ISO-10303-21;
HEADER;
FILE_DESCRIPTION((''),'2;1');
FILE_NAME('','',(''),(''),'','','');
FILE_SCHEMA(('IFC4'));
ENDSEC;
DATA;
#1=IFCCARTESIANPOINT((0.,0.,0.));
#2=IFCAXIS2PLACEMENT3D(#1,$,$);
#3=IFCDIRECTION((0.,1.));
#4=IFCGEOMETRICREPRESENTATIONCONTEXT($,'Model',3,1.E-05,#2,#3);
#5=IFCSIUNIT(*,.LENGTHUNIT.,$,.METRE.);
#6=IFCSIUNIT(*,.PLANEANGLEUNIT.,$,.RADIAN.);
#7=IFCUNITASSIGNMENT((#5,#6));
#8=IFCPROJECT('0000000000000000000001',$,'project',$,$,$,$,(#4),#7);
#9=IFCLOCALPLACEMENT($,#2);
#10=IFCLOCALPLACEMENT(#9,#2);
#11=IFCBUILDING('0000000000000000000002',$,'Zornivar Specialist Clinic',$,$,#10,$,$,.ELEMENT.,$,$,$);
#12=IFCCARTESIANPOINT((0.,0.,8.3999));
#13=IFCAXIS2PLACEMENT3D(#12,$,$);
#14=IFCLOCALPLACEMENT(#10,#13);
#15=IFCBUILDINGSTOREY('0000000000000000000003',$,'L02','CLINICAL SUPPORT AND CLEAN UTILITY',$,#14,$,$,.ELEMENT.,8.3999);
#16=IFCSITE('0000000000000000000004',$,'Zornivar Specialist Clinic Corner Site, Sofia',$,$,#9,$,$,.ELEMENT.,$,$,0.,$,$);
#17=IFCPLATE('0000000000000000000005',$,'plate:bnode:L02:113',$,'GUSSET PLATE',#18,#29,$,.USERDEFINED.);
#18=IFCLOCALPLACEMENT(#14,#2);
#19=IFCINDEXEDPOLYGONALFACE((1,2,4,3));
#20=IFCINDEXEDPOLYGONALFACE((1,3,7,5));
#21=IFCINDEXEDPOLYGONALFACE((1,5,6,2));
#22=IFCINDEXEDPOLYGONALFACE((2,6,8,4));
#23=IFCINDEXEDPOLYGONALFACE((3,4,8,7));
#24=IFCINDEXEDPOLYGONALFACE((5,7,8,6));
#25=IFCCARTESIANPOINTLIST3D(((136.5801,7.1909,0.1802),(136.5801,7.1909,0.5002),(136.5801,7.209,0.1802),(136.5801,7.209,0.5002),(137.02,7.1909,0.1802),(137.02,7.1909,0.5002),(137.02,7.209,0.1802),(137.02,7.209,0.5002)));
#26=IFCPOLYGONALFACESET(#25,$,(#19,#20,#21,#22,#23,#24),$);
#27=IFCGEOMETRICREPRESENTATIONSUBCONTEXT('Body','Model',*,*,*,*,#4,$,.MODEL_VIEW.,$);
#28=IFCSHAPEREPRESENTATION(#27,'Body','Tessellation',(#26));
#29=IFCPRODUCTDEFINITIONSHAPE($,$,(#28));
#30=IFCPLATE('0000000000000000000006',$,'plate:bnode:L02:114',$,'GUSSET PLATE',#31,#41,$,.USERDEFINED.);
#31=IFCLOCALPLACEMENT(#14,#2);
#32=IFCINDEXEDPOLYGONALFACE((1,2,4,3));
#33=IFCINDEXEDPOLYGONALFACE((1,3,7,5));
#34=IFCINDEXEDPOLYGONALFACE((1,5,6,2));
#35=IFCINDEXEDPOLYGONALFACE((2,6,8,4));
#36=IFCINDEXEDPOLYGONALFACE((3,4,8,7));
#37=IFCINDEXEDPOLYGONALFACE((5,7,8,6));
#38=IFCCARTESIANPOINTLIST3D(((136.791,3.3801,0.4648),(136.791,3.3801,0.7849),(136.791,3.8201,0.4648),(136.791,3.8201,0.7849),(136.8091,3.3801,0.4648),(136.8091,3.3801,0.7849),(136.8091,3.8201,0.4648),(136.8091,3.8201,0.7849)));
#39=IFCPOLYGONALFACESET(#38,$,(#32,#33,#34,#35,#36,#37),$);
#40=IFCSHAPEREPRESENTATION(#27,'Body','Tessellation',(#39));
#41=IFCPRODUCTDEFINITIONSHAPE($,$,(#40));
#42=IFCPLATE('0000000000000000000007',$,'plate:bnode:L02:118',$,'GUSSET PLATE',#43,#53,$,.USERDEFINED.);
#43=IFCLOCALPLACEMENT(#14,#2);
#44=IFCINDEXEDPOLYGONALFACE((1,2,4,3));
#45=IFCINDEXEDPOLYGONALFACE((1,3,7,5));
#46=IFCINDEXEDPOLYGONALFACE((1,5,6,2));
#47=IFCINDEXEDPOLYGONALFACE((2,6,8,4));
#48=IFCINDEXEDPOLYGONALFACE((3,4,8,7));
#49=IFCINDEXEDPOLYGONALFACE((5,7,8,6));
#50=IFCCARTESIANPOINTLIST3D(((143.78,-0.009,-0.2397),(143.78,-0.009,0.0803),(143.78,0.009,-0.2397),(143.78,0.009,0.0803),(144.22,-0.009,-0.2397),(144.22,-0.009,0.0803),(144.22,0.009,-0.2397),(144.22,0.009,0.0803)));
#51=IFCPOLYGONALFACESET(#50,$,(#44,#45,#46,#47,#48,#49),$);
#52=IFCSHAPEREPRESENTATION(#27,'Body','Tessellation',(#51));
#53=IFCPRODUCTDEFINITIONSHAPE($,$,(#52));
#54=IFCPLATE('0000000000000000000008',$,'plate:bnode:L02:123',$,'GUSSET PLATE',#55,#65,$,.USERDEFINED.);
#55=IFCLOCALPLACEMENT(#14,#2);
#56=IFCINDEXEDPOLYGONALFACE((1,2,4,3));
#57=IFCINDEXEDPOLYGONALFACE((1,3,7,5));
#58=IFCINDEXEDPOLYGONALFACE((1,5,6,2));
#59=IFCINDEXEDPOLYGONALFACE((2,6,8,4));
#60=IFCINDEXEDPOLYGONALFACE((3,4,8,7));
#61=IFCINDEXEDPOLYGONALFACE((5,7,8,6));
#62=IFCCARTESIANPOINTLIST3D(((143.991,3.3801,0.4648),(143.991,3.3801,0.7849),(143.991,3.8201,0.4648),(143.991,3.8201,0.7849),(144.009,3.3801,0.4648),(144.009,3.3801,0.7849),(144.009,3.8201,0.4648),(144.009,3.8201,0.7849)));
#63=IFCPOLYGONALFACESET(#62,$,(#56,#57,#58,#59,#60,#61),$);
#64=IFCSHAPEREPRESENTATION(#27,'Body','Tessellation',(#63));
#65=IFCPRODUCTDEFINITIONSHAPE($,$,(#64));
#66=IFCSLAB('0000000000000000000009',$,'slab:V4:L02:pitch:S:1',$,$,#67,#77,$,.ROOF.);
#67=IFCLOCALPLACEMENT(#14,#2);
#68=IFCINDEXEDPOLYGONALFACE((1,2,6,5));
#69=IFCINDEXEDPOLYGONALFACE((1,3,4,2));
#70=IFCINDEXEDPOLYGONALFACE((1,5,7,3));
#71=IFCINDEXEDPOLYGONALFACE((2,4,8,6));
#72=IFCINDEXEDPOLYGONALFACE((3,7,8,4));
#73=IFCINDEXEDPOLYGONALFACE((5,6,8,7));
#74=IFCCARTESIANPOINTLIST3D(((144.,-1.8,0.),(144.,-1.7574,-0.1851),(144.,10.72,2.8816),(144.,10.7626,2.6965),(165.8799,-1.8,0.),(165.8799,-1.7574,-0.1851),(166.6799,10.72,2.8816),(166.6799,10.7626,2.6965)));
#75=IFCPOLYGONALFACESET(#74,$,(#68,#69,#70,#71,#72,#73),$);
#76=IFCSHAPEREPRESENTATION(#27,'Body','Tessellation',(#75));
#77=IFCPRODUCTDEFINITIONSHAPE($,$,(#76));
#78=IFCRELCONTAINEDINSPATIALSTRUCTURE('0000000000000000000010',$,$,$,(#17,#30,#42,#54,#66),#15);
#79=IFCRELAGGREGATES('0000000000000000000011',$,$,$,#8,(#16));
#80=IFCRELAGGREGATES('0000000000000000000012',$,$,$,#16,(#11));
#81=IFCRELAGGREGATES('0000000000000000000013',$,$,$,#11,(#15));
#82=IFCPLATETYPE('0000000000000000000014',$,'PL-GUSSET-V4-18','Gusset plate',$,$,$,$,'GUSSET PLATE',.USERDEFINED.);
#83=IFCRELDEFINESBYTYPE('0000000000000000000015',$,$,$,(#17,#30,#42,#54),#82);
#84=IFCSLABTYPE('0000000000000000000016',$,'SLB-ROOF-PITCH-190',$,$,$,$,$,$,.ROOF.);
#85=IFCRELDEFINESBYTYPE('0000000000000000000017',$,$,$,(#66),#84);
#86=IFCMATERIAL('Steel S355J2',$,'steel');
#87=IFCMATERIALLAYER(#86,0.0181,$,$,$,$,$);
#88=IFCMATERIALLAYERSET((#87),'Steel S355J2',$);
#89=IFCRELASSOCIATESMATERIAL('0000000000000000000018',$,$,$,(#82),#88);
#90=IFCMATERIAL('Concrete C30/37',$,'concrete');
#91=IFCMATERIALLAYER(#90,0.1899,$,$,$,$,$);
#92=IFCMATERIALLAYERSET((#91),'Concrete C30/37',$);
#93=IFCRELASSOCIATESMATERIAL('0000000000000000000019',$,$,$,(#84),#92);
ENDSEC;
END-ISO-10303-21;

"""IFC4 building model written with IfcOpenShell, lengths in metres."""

from ifc_helpers import new_model, si_unit, direction, frame, origin, origin_2d, place, context, subcontext, project, spatial, polyline, rectangle, outline, extrude, material, layer, layer_set, type_object, element, save


model = new_model("IFC4")

# Units and contexts
model_context = context("Model", 3, precision=1e-05, world=origin(), true_north=direction((0.0, 1.0)))
body_context = subcontext(model_context, "Body", "Model", "MODEL_VIEW")
ifc_project = project(units=[si_unit("LENGTHUNIT", "METRE"), si_unit("PLANEANGLEUNIT", "RADIAN")], contexts=[model_context])

# Site, building, storey
site_placement = place(None, origin())
site = spatial("IfcSite", under=ifc_project, at=site_placement, Name="Zornivar Specialist Clinic Corner Site, Sofia", CompositionType="ELEMENT", RefElevation=0.0)
building_placement = place(site_placement, origin())
building = spatial("IfcBuilding", under=site, at=building_placement, Name="Zornivar Specialist Clinic", CompositionType="ELEMENT")
storey_placement = place(building_placement, frame((0.0, 0.0, 8.3999)))
storey = spatial("IfcBuildingStorey", under=building, at=storey_placement, Name="L02", Description="CLINICAL SUPPORT AND CLEAN UTILITY", CompositionType="ELEMENT", Elevation=8.3999)

# Plates
ifc_material_1 = material(Name="Steel S355J2", Category="steel")
ifc_layer_1 = layer(ifc_material_1, 0.0181)
ifc_layer_set_1 = layer_set([ifc_layer_1], Name="Steel S355J2")
plate_type_1 = type_object("IfcPlateType", Name="PL-GUSSET-V4-18", Description="Gusset plate", ElementType="GUSSET PLATE", PredefinedType="USERDEFINED", material=ifc_layer_set_1)
for number, where, z_axis, x_axis, name in (
    (1, (136.8, 7.2, 0.1802), (0.0, 0.0, 1.0), (1.0, 0.0, 0.0), "plate:bnode:L02:113"),
    (2, (136.8, 3.6001, 0.4648), (0.0, 0.0, 1.0), (0.0, 1.0, 0.0), "plate:bnode:L02:114"),
    (3, (144.0, 0.0, -0.2397), (0.0, 0.0, 1.0), (1.0, 0.0, 0.0), "plate:bnode:L02:118"),
    (4, (144.0, 3.6001, 0.4648), (0.0, 0.0, 1.0), (0.0, 1.0, 0.0), "plate:bnode:L02:123"),
):
    element("IfcPlate", number, at=place(storey_placement, frame(where, z_axis=z_axis, x_axis=x_axis)), inside=storey, type_object=plate_type_1, Name=name, ObjectType="GUSSET PLATE", PredefinedType="USERDEFINED", context=body_context, shape_type="SweptSolid", body=[
        extrude(rectangle(XDim=0.4399, YDim=0.0181, at=origin_2d()), origin(), (0.0, 0.0, 1.0), 0.3201),
    ])

# Slab
ifc_material_2 = material(Name="Concrete C30/37", Category="concrete")
ifc_layer_2 = layer(ifc_material_2, 0.1899)
ifc_layer_set_2 = layer_set([ifc_layer_2], Name="Concrete C30/37")
slab_type = type_object("IfcSlabType", Name="SLB-ROOF-PITCH-190", PredefinedType="ROOF", material=ifc_layer_set_2)
slab_placement = place(storey_placement, frame((144.0, -1.8, 0.0), z_axis=(0.0, -0.224295, 0.974521), x_axis=(1.0, 0.0, 0.0)))
element("IfcSlab", 5, at=slab_placement, inside=storey, type_object=slab_type, Name="slab:V4:L02:pitch:S:1", PredefinedType="ROOF", context=body_context, shape_type="SweptSolid", body=[
    extrude(outline(polyline([(0.0, 0.0), (21.8799, 0.0), (22.6799, 12.8474), (0.0, 12.8474), (0.0, 0.0)])), origin(), (0.0, 0.0, -1.0), 0.1899),
])

save(model, "model.ifc")
